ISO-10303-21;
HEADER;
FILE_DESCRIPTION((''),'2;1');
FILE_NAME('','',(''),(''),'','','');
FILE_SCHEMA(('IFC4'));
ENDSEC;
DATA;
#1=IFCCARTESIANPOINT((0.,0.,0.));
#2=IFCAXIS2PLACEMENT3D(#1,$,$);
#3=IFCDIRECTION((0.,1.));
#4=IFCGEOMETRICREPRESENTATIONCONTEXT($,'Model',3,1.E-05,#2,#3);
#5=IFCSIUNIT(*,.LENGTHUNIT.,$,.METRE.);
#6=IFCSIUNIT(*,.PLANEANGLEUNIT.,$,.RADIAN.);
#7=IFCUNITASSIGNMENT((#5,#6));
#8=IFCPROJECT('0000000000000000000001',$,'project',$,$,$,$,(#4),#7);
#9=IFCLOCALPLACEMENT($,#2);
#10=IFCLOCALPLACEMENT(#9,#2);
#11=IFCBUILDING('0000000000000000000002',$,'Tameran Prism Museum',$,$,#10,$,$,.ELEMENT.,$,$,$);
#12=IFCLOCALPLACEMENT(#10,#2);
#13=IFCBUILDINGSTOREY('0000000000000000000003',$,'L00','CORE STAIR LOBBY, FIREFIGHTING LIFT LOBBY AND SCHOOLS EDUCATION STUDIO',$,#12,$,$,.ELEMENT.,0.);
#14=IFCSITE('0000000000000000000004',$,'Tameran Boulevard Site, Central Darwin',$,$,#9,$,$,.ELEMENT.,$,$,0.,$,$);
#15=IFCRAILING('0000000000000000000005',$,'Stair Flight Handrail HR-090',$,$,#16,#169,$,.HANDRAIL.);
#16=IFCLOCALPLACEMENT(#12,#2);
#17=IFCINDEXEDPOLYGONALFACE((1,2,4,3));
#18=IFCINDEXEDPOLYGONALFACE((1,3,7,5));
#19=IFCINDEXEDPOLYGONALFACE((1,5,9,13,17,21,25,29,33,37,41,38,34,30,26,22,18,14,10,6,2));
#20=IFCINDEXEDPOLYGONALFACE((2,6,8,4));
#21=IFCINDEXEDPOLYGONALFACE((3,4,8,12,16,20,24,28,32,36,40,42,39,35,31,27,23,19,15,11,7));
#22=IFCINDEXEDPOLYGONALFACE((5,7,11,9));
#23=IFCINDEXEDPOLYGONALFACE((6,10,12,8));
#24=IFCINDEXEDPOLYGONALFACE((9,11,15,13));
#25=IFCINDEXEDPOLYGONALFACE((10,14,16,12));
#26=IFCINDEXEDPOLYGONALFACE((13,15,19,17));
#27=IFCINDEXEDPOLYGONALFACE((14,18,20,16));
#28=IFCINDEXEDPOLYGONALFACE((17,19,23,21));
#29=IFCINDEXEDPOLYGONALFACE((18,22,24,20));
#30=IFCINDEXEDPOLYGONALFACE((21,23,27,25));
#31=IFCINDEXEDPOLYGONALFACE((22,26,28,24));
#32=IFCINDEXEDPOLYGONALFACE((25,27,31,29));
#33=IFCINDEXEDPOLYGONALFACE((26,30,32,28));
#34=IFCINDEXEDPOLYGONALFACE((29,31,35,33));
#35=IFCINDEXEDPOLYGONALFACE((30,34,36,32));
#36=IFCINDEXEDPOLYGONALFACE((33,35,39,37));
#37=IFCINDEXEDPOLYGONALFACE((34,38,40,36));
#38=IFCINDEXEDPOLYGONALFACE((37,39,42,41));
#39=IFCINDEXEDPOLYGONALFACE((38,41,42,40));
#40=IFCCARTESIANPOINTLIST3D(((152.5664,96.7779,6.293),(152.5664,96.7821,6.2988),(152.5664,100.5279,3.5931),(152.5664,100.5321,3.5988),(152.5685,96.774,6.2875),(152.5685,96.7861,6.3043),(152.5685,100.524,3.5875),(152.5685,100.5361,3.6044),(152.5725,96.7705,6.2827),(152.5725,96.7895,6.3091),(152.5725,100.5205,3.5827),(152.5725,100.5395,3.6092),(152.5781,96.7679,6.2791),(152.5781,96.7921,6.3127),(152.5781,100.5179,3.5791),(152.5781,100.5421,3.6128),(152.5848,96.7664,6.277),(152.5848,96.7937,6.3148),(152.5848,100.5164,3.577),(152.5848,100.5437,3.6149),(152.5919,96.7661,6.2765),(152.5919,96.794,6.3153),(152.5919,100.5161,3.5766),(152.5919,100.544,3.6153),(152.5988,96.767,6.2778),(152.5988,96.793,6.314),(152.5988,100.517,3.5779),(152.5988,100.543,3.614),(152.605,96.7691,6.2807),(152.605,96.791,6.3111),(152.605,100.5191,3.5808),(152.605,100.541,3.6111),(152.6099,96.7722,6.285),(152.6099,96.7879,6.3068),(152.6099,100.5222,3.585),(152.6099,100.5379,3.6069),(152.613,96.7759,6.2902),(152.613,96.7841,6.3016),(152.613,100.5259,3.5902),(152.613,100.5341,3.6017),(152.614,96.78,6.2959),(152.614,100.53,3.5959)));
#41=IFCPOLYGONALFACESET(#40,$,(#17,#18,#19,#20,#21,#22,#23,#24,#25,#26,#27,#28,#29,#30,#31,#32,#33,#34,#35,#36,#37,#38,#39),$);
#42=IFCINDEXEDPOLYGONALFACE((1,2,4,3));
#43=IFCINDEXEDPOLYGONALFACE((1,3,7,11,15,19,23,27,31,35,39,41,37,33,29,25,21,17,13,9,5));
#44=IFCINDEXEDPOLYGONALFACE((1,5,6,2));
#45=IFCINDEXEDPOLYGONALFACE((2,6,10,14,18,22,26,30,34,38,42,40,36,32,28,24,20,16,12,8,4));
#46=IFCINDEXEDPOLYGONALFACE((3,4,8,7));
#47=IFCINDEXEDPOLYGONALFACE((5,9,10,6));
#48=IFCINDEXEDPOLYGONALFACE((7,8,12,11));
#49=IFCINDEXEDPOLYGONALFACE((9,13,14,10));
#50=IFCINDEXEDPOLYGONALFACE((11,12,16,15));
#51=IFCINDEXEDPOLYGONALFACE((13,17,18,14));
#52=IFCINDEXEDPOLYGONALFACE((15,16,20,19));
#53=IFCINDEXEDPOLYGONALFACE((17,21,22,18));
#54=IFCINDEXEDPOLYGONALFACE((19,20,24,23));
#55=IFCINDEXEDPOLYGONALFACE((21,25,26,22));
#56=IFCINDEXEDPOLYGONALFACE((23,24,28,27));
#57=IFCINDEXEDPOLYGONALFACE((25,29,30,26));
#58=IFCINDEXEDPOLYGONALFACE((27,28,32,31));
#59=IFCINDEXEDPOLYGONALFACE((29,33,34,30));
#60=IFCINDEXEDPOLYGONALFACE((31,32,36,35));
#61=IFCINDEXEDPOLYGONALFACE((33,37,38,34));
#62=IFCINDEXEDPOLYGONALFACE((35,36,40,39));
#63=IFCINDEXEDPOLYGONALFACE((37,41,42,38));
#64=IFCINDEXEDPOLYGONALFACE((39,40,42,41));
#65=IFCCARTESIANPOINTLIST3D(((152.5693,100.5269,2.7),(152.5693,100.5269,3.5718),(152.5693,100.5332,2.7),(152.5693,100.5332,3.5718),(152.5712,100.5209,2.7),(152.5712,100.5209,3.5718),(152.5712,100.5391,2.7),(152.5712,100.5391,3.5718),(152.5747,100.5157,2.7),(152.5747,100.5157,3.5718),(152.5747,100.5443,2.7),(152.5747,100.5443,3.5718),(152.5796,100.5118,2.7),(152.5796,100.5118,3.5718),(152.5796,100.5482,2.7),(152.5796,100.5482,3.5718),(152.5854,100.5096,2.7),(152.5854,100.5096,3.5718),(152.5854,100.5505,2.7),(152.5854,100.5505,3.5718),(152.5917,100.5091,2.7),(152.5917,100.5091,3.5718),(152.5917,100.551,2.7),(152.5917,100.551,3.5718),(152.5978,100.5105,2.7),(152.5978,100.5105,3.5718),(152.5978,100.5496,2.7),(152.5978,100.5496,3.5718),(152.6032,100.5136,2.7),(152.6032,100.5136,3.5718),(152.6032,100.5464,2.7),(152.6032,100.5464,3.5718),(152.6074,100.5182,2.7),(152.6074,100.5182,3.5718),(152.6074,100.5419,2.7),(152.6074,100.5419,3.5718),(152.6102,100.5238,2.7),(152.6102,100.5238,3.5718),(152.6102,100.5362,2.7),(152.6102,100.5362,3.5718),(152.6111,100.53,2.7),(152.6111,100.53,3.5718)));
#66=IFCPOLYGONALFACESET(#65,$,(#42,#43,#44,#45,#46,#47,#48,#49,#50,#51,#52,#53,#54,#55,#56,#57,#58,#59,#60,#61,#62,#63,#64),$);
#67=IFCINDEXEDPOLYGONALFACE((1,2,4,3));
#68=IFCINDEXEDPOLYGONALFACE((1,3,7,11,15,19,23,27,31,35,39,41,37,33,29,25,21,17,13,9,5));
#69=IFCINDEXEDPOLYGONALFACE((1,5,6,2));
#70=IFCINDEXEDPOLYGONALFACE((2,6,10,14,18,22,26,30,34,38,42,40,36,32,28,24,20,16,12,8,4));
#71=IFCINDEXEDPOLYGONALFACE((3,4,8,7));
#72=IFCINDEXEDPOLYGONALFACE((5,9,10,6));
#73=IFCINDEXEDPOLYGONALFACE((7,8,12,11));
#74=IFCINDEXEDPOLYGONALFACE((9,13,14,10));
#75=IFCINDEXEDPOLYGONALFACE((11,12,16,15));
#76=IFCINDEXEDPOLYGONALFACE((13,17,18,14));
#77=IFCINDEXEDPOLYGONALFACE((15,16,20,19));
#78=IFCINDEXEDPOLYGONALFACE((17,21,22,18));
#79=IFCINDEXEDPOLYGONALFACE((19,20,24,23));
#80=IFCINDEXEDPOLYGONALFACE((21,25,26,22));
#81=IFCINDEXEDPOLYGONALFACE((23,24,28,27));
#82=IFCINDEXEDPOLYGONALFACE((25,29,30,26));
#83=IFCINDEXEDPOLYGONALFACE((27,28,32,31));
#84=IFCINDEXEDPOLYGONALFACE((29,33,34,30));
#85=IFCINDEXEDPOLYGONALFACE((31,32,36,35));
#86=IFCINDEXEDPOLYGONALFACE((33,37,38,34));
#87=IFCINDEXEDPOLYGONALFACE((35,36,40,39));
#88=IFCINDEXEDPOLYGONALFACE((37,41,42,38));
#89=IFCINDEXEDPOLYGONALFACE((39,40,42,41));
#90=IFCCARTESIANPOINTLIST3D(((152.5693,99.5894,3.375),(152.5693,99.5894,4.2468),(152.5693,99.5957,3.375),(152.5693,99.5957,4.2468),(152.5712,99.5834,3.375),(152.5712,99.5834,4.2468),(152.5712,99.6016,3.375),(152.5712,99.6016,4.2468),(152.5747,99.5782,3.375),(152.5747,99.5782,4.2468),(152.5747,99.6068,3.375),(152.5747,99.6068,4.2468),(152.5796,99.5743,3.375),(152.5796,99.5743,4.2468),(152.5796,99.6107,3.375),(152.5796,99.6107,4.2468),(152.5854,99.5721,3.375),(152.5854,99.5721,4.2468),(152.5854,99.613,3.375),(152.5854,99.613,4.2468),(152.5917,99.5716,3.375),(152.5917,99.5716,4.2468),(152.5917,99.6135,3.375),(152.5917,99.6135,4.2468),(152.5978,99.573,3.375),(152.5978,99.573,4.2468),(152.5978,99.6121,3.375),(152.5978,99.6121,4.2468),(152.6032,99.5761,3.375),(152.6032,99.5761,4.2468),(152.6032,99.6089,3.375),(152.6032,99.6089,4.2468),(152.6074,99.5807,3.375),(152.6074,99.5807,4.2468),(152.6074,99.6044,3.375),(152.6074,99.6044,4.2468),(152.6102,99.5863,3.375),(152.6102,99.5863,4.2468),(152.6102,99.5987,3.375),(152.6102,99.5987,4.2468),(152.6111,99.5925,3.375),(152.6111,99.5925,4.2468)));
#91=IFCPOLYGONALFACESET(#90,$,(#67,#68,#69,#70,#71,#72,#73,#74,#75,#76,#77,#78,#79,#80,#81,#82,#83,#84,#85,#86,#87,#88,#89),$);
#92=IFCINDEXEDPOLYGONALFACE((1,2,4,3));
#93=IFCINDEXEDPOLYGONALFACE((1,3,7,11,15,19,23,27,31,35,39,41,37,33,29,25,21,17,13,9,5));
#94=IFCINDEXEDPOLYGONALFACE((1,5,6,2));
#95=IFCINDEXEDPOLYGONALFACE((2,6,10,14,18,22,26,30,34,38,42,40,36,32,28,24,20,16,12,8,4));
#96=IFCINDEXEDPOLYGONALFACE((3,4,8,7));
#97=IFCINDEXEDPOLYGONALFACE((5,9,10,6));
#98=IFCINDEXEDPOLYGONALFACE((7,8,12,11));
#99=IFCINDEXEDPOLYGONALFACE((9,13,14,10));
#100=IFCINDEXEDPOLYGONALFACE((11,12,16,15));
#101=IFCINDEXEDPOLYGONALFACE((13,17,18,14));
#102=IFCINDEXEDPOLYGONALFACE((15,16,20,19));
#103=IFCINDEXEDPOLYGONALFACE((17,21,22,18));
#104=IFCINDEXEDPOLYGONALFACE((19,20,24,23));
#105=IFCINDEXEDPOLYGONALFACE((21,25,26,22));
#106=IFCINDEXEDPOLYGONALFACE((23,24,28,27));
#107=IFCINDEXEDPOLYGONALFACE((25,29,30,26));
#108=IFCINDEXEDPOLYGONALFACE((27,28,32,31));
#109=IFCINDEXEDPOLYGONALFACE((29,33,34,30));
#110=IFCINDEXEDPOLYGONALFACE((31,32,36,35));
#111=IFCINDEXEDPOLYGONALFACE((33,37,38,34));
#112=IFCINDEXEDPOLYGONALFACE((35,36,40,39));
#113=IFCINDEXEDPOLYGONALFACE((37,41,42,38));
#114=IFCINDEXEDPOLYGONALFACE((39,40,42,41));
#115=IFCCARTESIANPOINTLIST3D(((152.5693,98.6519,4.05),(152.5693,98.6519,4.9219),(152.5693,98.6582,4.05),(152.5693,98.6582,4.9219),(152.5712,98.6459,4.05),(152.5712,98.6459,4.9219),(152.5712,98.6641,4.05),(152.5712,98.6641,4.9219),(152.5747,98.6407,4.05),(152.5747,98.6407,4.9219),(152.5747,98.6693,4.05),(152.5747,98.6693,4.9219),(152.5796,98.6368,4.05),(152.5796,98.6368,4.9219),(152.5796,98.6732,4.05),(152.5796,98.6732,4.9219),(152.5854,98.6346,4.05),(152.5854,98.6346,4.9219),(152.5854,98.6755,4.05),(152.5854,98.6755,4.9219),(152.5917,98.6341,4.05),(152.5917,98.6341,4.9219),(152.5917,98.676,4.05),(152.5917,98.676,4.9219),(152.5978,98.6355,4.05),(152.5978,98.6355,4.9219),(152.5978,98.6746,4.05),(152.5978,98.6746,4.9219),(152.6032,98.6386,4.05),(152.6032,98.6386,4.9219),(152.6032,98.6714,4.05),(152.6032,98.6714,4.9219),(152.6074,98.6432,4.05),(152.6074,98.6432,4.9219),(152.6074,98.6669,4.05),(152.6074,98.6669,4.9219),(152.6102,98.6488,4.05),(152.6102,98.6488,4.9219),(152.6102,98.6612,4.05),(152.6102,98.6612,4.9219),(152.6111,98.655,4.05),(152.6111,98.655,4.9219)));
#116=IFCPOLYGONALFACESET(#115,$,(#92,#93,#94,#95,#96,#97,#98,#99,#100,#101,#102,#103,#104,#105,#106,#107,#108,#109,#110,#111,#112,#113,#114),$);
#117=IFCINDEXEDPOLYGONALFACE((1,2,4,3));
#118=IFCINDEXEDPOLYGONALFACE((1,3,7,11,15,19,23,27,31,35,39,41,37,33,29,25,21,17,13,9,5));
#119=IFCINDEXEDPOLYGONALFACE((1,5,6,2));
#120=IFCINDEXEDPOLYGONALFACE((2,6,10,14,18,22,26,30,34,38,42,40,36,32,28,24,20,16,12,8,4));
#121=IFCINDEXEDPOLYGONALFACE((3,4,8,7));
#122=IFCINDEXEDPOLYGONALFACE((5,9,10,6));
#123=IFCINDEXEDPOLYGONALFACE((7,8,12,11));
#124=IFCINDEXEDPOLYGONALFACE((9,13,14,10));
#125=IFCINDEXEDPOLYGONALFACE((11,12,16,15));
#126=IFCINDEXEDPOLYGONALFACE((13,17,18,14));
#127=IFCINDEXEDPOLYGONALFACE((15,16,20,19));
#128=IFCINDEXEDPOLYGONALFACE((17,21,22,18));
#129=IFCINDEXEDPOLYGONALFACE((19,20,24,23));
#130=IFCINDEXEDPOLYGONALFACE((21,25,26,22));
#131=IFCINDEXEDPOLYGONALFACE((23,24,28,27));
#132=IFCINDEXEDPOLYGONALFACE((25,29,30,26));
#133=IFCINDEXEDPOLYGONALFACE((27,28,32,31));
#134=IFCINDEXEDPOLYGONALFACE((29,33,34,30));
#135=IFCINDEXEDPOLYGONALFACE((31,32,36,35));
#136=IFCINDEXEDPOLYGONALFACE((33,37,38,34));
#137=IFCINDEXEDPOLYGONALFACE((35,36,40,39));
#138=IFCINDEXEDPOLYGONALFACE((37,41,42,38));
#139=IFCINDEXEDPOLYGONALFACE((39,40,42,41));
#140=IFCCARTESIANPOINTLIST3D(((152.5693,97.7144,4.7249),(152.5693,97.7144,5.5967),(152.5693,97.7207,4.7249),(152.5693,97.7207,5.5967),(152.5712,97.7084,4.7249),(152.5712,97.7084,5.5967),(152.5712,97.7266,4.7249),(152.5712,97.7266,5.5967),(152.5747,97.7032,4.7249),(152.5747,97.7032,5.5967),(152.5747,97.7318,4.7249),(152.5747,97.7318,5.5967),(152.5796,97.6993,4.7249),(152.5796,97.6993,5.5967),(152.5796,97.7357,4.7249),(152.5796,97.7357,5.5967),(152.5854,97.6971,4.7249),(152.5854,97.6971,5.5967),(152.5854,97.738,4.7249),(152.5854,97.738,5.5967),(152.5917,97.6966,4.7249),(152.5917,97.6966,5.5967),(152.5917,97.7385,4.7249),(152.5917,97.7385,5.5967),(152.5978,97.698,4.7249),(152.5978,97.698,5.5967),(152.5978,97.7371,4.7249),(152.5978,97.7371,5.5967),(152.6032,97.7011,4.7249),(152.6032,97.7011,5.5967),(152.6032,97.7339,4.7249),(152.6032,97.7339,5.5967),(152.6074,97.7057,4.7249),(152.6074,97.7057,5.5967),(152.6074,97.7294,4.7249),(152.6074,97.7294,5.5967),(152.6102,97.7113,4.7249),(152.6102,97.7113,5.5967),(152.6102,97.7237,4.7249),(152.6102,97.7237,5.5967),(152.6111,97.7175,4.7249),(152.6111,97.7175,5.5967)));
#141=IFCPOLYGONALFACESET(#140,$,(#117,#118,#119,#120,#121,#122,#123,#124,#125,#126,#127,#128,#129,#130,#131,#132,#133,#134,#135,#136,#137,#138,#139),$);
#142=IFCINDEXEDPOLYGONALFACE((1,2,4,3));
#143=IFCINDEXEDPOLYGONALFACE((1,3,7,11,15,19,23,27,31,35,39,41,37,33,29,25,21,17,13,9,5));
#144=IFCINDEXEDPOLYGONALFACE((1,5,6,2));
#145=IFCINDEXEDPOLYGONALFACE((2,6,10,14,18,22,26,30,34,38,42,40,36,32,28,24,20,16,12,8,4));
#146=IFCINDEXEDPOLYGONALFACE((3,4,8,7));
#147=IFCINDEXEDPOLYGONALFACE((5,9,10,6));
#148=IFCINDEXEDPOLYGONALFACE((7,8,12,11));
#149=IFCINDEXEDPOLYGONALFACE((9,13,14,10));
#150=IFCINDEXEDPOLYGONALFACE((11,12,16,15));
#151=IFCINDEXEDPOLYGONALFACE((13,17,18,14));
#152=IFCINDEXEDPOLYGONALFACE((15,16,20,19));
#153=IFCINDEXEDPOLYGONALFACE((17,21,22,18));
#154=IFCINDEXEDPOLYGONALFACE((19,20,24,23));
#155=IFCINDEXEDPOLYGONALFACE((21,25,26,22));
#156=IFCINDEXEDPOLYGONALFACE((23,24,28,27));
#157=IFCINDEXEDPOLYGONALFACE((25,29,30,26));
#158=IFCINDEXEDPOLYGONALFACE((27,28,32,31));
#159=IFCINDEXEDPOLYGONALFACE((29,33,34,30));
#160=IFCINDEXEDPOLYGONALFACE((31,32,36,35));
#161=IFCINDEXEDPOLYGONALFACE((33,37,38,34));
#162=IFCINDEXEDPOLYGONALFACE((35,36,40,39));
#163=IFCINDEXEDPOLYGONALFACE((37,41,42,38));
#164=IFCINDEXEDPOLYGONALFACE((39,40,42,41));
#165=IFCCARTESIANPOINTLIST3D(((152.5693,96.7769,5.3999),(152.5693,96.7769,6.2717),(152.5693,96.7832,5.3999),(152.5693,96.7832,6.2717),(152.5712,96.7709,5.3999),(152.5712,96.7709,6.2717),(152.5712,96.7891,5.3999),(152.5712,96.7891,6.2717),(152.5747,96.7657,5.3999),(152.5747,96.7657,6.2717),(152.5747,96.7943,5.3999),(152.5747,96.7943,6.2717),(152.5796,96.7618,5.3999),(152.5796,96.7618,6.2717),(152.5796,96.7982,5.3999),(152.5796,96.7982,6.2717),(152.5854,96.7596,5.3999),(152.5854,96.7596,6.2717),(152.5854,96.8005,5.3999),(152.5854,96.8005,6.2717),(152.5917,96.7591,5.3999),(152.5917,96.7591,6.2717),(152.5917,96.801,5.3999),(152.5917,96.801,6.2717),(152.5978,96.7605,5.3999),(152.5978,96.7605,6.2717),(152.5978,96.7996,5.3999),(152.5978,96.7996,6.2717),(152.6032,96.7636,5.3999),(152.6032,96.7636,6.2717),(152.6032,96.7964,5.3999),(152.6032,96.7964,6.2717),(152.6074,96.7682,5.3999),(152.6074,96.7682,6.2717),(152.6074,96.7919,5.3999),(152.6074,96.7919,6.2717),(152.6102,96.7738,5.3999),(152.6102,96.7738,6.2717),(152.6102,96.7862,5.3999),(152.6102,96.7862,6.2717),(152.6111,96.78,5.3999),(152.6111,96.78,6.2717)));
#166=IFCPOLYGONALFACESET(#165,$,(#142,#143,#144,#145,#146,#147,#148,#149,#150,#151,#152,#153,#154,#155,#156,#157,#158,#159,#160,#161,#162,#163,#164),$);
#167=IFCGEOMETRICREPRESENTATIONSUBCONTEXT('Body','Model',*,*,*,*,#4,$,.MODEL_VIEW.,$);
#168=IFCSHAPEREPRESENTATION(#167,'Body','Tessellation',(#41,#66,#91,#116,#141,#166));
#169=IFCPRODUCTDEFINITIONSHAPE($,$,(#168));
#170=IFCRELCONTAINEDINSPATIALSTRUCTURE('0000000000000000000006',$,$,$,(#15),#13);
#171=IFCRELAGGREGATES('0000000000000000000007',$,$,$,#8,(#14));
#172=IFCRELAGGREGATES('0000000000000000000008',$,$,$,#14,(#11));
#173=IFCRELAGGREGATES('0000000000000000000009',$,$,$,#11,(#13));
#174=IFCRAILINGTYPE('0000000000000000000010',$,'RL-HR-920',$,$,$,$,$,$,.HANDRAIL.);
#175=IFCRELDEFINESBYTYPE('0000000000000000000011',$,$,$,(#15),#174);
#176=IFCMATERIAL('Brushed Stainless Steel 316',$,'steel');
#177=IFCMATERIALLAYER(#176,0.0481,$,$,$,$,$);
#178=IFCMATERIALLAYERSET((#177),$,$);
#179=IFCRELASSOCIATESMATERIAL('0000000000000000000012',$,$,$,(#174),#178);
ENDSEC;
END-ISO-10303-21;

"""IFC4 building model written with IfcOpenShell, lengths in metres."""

from ifc_helpers import new_model, si_unit, direction, frame, origin, origin_2d, place, context, subcontext, project, spatial, circle, extrude, material, layer, layer_set, type_object, element, save


model = new_model("IFC4")

# Units and contexts
model_context = context("Model", 3, precision=1e-05, world=origin(), true_north=direction((0.0, 1.0)))
body_context = subcontext(model_context, "Body", "Model", "MODEL_VIEW")
ifc_project = project(units=[si_unit("LENGTHUNIT", "METRE"), si_unit("PLANEANGLEUNIT", "RADIAN")], contexts=[model_context])

# Site, building, storey
site_placement = place(None, origin())
site = spatial("IfcSite", under=ifc_project, at=site_placement, Name="Tameran Boulevard Site, Central Darwin", CompositionType="ELEMENT", RefElevation=0.0)
building_placement = place(site_placement, origin())
building = spatial("IfcBuilding", under=site, at=building_placement, Name="Tameran Prism Museum", CompositionType="ELEMENT")
storey_placement = place(building_placement, origin())
storey = spatial("IfcBuildingStorey", under=building, at=storey_placement, Name="L00", Description="CORE STAIR LOBBY, FIREFIGHTING LIFT LOBBY AND SCHOOLS EDUCATION STUDIO", CompositionType="ELEMENT", Elevation=0.0)

# Railing
ifc_material_1 = material(Name="Brushed Stainless Steel 316", Category="steel")
ifc_layer_1 = layer(ifc_material_1, 0.0481)
ifc_layer_set_1 = layer_set([ifc_layer_1])
railing_type_1 = type_object("IfcRailingType", Name="RL-HR-920", PredefinedType="HANDRAIL", material=ifc_layer_set_1)
railing_1_placement = place(storey_placement, frame((152.5901, 100.53, 2.7)))
element("IfcRailing", 1, at=railing_1_placement, inside=storey, type_object=railing_type_1, Name="Stair Flight Handrail HR-090", PredefinedType="HANDRAIL", context=body_context, shape_type="SweptSolid", body=[
    extrude(circle(Radius=0.0239, at=origin_2d()), frame((0.0, 0.0, 0.896), z_axis=(0.0, -0.811539, 0.584298), x_axis=(1.0, 0.0, 0.0)), (0.0, 0.0, 1.0), 4.6208),
    extrude(circle(Radius=0.021, at=origin_2d()), origin(), (0.0, 0.0, 1.0), 0.8718),
    extrude(circle(Radius=0.021, at=origin_2d()), frame((0.0, -0.9375, 0.675)), (0.0, 0.0, 1.0), 0.8718),
    extrude(circle(Radius=0.021, at=origin_2d()), frame((0.0, -1.875, 1.3501)), (0.0, 0.0, 1.0), 0.8718),
    extrude(circle(Radius=0.021, at=origin_2d()), frame((0.0, -2.8125, 2.0249)), (0.0, 0.0, 1.0), 0.8718),
    extrude(circle(Radius=0.021, at=origin_2d()), frame((0.0, -3.75, 2.7)), (0.0, 0.0, 1.0), 0.8718),
])

save(model, "model.ifc")
